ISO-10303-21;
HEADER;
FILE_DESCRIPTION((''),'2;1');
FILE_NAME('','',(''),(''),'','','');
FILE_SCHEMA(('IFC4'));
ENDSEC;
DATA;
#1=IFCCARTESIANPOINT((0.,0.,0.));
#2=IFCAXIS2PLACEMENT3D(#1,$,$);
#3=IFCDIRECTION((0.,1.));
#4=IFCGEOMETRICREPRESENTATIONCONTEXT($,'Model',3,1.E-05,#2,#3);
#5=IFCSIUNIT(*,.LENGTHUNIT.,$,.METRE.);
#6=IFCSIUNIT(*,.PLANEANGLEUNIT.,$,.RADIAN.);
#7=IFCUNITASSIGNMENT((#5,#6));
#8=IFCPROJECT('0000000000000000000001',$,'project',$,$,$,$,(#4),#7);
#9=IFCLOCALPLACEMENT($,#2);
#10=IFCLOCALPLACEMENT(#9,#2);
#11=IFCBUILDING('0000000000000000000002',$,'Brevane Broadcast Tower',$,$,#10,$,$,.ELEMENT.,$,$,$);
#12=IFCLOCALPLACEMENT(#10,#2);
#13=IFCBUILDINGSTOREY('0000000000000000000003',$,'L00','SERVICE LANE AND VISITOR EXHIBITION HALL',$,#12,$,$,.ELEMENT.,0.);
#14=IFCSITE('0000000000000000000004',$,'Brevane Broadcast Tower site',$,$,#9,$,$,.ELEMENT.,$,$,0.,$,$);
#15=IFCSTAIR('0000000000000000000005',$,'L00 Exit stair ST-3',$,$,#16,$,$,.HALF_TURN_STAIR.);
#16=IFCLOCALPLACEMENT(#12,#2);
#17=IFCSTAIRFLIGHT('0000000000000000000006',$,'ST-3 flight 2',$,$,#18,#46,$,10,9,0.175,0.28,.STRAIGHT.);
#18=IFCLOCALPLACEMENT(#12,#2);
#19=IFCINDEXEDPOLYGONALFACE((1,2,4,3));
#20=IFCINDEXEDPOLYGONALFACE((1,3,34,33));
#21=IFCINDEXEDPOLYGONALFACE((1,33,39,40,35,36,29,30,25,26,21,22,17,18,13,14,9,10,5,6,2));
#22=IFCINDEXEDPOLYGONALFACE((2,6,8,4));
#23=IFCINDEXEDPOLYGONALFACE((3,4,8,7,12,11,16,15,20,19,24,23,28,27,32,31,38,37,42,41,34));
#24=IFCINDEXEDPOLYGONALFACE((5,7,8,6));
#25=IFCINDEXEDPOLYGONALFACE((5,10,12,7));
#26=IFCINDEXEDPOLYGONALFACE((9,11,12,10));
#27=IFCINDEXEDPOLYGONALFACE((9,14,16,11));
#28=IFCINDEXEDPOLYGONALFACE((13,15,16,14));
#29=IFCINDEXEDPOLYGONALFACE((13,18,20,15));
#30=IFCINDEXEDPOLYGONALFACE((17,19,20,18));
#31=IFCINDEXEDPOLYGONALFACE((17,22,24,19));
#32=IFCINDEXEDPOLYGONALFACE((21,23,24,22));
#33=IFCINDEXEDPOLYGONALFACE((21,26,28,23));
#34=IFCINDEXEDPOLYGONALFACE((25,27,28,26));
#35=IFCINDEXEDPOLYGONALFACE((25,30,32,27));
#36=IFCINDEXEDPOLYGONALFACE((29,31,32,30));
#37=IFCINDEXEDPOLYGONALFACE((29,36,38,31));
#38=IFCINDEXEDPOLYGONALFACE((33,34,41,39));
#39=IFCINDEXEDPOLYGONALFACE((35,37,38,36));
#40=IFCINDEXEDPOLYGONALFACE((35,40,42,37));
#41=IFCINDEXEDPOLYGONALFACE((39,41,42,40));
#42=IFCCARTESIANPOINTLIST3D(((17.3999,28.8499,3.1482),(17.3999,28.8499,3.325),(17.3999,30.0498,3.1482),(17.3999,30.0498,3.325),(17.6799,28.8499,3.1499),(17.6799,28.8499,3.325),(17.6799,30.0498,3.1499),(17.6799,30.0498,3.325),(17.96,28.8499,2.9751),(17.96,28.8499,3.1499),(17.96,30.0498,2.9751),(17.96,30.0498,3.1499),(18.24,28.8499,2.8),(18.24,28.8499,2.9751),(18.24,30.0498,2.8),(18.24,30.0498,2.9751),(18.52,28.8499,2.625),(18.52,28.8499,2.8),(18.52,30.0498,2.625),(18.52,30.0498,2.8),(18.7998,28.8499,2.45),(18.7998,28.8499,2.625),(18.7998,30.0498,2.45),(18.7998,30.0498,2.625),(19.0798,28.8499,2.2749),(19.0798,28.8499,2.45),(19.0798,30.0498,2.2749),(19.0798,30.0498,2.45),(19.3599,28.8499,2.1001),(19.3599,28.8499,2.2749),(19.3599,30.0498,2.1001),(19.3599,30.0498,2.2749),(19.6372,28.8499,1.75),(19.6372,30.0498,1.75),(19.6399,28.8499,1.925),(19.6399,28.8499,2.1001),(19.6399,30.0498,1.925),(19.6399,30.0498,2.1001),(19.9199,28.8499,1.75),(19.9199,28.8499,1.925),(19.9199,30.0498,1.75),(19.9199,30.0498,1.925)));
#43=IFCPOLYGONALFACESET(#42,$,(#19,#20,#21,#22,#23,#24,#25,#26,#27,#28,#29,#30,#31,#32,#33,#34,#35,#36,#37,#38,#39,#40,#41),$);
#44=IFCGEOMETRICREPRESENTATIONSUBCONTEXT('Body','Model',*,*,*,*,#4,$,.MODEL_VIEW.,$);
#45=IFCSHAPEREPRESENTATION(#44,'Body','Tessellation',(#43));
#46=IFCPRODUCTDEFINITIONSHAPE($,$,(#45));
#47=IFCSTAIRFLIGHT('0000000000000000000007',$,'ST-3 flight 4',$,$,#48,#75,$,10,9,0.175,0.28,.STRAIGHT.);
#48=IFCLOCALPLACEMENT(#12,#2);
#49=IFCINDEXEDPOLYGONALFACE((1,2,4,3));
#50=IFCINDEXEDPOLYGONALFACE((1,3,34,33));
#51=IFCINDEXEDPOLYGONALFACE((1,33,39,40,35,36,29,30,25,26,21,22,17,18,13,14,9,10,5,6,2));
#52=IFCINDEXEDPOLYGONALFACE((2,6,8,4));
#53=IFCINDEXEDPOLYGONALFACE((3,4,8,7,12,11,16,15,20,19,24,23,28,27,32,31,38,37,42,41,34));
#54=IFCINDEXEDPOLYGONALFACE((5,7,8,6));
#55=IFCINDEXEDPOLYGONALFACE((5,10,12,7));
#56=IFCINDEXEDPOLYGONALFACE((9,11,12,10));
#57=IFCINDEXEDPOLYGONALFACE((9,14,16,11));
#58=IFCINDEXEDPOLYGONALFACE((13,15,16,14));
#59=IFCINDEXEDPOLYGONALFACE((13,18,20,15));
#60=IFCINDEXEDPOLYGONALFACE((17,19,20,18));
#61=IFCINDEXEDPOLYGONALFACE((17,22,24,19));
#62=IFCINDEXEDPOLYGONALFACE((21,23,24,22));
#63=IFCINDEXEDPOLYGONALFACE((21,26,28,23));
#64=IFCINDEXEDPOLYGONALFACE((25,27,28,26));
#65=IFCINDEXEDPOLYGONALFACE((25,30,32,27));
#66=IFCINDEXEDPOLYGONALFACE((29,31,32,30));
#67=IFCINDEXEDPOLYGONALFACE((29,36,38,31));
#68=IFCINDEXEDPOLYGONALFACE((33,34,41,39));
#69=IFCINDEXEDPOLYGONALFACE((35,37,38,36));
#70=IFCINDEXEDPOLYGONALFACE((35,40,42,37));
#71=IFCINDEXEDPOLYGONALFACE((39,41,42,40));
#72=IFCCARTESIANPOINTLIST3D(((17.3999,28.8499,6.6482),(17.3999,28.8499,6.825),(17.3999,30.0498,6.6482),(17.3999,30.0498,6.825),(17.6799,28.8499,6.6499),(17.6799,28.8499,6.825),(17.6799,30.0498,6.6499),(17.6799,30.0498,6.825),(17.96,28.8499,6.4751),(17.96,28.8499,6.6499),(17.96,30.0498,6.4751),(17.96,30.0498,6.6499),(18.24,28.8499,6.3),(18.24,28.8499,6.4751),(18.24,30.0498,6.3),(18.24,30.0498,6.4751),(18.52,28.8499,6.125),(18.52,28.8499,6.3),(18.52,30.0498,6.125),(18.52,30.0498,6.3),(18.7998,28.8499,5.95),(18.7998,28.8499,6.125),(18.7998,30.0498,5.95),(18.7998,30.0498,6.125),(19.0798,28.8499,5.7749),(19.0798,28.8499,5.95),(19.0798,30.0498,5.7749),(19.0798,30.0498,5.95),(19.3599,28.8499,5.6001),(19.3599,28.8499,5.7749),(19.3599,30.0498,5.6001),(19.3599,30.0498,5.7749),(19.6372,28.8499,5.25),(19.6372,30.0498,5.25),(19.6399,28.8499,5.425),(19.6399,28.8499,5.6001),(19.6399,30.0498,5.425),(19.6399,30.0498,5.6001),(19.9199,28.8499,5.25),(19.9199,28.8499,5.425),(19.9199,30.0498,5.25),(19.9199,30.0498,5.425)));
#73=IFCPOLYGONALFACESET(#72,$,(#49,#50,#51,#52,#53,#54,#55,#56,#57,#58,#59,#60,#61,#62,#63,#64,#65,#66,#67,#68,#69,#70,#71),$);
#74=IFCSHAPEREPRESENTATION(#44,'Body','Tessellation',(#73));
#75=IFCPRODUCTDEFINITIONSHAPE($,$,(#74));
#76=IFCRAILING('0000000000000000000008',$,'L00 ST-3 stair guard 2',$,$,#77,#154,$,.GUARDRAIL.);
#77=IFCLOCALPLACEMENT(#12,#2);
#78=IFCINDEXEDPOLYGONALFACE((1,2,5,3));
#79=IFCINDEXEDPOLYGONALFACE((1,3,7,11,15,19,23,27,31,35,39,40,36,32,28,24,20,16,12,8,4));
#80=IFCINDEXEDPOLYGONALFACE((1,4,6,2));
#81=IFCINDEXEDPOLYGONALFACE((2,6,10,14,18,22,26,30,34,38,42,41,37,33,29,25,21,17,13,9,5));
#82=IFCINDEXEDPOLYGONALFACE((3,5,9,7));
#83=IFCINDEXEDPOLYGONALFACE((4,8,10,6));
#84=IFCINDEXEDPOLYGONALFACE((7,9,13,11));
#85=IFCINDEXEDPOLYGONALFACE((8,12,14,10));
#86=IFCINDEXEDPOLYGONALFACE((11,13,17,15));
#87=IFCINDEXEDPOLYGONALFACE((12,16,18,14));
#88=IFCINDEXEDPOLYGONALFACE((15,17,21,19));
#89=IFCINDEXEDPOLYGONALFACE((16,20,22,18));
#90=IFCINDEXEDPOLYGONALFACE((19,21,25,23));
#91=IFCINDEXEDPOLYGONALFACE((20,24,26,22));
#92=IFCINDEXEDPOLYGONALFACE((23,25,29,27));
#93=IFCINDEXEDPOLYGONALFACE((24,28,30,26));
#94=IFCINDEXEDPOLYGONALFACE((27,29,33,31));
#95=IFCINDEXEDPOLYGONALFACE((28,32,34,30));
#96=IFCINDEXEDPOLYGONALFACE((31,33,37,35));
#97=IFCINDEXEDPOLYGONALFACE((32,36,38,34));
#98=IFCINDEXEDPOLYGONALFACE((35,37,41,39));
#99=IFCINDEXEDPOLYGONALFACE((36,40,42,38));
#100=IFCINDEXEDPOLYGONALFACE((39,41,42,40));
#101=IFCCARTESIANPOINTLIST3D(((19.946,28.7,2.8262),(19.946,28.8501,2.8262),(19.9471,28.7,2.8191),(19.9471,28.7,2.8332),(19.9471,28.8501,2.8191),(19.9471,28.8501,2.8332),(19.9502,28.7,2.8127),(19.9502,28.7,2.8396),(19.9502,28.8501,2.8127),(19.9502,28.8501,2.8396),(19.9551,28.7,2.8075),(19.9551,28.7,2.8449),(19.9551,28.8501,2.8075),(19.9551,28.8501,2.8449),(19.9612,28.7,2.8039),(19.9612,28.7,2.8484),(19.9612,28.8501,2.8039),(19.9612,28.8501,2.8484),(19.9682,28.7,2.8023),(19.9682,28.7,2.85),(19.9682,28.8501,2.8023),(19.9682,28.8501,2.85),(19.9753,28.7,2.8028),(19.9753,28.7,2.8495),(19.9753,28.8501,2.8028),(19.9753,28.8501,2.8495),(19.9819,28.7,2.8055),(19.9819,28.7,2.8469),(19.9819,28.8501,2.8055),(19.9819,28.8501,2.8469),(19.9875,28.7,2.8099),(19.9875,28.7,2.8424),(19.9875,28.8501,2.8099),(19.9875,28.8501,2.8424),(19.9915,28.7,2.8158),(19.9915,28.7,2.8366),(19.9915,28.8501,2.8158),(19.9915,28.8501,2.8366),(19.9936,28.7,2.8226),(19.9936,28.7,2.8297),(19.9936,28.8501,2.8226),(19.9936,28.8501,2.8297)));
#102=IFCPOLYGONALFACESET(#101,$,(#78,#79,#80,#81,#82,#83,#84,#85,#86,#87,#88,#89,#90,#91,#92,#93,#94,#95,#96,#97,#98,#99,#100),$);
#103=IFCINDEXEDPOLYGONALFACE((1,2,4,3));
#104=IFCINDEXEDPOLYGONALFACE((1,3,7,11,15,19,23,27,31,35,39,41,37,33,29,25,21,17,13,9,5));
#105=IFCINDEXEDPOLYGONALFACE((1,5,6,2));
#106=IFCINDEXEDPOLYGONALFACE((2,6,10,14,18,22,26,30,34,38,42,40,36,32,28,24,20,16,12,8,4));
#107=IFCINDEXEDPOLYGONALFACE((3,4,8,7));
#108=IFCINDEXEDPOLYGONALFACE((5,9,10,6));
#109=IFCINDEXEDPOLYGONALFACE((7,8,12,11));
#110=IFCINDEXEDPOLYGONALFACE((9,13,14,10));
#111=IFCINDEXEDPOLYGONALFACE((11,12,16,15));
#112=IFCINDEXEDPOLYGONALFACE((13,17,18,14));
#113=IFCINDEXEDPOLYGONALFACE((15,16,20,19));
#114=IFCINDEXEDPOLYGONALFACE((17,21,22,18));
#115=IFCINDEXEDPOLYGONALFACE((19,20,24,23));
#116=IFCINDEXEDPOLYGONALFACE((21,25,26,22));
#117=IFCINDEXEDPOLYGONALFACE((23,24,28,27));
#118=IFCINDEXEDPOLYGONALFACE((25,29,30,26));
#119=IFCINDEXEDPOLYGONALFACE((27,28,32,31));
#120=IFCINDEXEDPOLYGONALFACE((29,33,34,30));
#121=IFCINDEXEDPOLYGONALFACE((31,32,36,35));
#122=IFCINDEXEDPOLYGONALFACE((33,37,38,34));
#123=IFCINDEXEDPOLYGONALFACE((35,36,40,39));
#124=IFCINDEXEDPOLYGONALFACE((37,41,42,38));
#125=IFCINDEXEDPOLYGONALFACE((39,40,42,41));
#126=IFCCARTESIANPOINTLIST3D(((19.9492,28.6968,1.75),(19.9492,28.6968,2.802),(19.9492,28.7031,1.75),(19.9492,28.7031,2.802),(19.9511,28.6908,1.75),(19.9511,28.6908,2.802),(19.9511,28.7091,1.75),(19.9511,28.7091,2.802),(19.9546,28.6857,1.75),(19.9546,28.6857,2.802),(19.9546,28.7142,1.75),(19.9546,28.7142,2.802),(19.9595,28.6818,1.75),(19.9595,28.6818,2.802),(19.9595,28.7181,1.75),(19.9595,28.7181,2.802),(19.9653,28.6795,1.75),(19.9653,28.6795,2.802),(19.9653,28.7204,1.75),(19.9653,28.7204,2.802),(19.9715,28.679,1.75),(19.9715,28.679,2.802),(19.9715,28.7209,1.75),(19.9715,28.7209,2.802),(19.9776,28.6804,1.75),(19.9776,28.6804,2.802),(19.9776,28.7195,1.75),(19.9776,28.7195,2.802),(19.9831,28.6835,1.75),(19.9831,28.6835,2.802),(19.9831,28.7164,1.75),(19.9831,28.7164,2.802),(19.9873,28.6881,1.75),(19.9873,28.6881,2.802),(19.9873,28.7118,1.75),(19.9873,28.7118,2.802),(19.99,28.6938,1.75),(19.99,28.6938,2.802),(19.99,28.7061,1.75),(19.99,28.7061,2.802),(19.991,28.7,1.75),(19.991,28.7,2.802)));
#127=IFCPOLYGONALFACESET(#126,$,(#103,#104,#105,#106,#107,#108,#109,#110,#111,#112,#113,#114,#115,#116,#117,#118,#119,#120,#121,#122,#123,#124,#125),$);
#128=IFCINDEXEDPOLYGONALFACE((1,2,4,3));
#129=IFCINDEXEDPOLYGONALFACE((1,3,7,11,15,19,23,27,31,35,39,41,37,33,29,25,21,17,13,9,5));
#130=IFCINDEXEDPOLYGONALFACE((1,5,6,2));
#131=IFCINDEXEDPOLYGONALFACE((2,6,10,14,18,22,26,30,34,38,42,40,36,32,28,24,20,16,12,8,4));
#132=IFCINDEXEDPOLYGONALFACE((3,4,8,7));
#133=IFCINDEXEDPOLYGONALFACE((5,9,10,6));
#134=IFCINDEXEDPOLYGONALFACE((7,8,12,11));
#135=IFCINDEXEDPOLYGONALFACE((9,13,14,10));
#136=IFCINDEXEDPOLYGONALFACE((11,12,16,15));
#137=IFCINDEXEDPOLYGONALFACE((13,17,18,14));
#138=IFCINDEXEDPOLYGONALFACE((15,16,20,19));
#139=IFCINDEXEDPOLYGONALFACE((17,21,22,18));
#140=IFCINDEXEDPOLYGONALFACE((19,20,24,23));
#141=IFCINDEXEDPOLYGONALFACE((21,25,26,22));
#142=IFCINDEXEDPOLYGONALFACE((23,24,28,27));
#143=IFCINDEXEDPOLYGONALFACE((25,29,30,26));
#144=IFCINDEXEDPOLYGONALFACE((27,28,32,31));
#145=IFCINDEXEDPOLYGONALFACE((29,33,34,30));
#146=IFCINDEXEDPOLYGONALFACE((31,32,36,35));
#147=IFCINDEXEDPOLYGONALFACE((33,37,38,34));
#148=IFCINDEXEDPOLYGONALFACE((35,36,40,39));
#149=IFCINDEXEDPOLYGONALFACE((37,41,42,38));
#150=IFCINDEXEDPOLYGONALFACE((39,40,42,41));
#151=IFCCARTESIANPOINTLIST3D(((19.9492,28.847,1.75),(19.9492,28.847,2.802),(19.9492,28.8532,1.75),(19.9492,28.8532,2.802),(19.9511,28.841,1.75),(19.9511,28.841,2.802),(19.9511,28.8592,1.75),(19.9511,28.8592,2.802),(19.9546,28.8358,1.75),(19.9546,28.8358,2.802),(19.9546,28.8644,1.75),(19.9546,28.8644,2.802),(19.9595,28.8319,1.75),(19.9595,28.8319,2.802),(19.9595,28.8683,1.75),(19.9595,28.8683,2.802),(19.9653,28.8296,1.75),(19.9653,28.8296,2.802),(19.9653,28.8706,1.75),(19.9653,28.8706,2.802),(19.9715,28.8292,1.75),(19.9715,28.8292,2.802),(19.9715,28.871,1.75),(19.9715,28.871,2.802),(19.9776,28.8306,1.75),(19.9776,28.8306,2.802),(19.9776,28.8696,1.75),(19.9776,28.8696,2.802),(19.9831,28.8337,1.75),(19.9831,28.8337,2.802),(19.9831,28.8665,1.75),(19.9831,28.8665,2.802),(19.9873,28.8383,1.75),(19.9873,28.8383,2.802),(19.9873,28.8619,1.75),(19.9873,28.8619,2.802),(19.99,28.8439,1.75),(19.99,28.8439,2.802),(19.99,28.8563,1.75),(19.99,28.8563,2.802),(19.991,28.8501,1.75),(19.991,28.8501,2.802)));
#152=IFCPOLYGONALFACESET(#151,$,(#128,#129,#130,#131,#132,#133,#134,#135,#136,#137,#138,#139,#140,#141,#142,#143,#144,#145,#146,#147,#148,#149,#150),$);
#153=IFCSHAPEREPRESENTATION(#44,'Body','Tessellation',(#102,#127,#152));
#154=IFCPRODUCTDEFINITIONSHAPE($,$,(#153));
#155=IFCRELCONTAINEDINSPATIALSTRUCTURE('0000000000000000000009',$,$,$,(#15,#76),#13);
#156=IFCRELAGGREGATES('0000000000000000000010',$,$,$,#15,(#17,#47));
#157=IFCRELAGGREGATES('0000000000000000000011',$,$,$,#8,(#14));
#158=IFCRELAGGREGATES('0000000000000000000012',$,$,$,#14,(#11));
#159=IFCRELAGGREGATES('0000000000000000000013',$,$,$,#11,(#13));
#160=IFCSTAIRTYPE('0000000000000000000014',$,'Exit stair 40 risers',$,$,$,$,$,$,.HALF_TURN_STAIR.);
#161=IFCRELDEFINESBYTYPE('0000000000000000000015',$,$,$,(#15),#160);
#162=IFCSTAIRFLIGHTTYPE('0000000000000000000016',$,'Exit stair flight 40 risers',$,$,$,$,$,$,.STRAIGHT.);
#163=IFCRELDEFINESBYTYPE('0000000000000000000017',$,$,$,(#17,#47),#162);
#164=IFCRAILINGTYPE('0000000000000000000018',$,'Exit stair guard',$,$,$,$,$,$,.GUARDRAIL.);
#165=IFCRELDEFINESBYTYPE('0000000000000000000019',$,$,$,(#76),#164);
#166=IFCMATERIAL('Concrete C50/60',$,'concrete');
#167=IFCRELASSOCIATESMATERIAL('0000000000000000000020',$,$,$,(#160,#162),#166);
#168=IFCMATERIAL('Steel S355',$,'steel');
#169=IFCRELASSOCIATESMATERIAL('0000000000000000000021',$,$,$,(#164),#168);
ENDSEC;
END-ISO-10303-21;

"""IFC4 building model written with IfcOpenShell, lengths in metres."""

from ifc_helpers import new_model, si_unit, direction, frame, origin, origin_2d, place, context, subcontext, project, spatial, polyline, circle, outline, extrude, material, type_object, element, aggregate, save


model = new_model("IFC4")

# Units and contexts
model_context = context("Model", 3, precision=1e-05, world=origin(), true_north=direction((0.0, 1.0)))
body_context = subcontext(model_context, "Body", "Model", "MODEL_VIEW")
ifc_project = project(units=[si_unit("LENGTHUNIT", "METRE"), si_unit("PLANEANGLEUNIT", "RADIAN")], contexts=[model_context])

# Site, building, storey
site_placement = place(None, origin())
site = spatial("IfcSite", under=ifc_project, at=site_placement, Name="Brevane Broadcast Tower site", CompositionType="ELEMENT", RefElevation=0.0)
building_placement = place(site_placement, origin())
building = spatial("IfcBuilding", under=site, at=building_placement, Name="Brevane Broadcast Tower", CompositionType="ELEMENT")
storey_placement = place(building_placement, origin())
storey = spatial("IfcBuildingStorey", under=building, at=storey_placement, Name="L00", Description="SERVICE LANE AND VISITOR EXHIBITION HALL", CompositionType="ELEMENT", Elevation=0.0)

# Stair, stair flights
ifc_material_1 = material(Name="Concrete C50/60", Category="concrete")
stair_type = type_object("IfcStairType", Name="Exit stair 40 risers", PredefinedType="HALF_TURN_STAIR", material=ifc_material_1)
stair_placement = place(storey_placement, origin())
stair = element("IfcStair", 1, at=stair_placement, inside=storey, type_object=stair_type, Name="L00 Exit stair ST-3", PredefinedType="HALF_TURN_STAIR")
stair_flight_type = type_object("IfcStairFlightType", Name="Exit stair flight 40 risers", PredefinedType="STRAIGHT", material=ifc_material_1)
stair_flight_1_placement = place(storey_placement, frame((19.9199, 29.45, 1.75), z_axis=(0.0, 0.0, 1.0), x_axis=(-1.0, 0.0, 0.0)))
stair_flight_1 = element("IfcStairFlight", 2, at=stair_flight_1_placement, type_object=stair_flight_type, Name="ST-3 flight 2", NumberOfRisers=10, NumberOfTreads=9, PredefinedType="STRAIGHT", RiserHeight=0.175, TreadLength=0.28, context=body_context, shape_type="SweptSolid", body=[
    extrude(outline(polyline([(0.0, 0.0), (0.0, 0.175), (0.28, 0.175), (0.28, 0.3501), (0.5601, 0.3501), (0.5601, 0.5249), (0.8401, 0.5249), (0.8401, 0.7), (1.1201, 0.7), (1.1201, 0.875), (1.3999, 0.875), (1.3999, 1.05), (1.6799, 1.05), (1.6799, 1.2251), (1.96, 1.2251), (1.96, 1.3999), (2.24, 1.3999), (2.24, 1.575), (2.52, 1.575), (2.52, 1.75), (2.52, 1.3982), (0.2827, 0.0), (0.0, 0.0)])), frame((0.0, 0.6001, 0.0), z_axis=(0.0, -1.0, 0.0), x_axis=(1.0, 0.0, 0.0)), (0.0, 0.0, 1.0), 1.2),
])
stair_flight_2_placement = place(storey_placement, frame((19.9199, 29.45, 5.25), z_axis=(0.0, 0.0, 1.0), x_axis=(-1.0, 0.0, 0.0)))
stair_flight_2 = element("IfcStairFlight", 3, at=stair_flight_2_placement, type_object=stair_flight_type, Name="ST-3 flight 4", NumberOfRisers=10, NumberOfTreads=9, PredefinedType="STRAIGHT", RiserHeight=0.175, TreadLength=0.28, context=body_context, shape_type="SweptSolid", body=[
    extrude(outline(polyline([(0.0, 0.0), (0.0, 0.175), (0.28, 0.175), (0.28, 0.3501), (0.5601, 0.3501), (0.5601, 0.5249), (0.8401, 0.5249), (0.8401, 0.7), (1.1201, 0.7), (1.1201, 0.875), (1.3999, 0.875), (1.3999, 1.05), (1.6799, 1.05), (1.6799, 1.2251), (1.96, 1.2251), (1.96, 1.3999), (2.24, 1.3999), (2.24, 1.575), (2.52, 1.575), (2.52, 1.75), (2.52, 1.3982), (0.2827, 0.0), (0.0, 0.0)])), frame((0.0, 0.6001, 0.0), z_axis=(0.0, -1.0, 0.0), x_axis=(1.0, 0.0, 0.0)), (0.0, 0.0, 1.0), 1.2),
])
aggregate(stair, [stair_flight_1, stair_flight_2])

# Railing
ifc_material_2 = material(Name="Steel S355", Category="steel")
railing_type_1 = type_object("IfcRailingType", Name="Exit stair guard", PredefinedType="GUARDRAIL", material=ifc_material_2)
railing_1_placement = place(storey_placement, frame((19.97, 28.7, 1.75)))
element("IfcRailing", 4, at=railing_1_placement, inside=storey, type_object=railing_type_1, Name="L00 ST-3 stair guard 2", PredefinedType="GUARDRAIL", context=body_context, shape_type="SweptSolid", body=[
    extrude(circle(Radius=0.0239, at=origin_2d()), frame((0.0, 0.0, 1.0762), z_axis=(0.0, 1.0, 0.0), x_axis=(-1.0, 0.0, 0.0)), (0.0, 0.0, 1.0), 0.1501),
    extrude(circle(Radius=0.021, at=origin_2d()), origin(), (0.0, 0.0, 1.0), 1.052),
    extrude(circle(Radius=0.021, at=origin_2d()), frame((0.0, 0.1501, 0.0)), (0.0, 0.0, 1.0), 1.052),
])

save(model, "model.ifc")
